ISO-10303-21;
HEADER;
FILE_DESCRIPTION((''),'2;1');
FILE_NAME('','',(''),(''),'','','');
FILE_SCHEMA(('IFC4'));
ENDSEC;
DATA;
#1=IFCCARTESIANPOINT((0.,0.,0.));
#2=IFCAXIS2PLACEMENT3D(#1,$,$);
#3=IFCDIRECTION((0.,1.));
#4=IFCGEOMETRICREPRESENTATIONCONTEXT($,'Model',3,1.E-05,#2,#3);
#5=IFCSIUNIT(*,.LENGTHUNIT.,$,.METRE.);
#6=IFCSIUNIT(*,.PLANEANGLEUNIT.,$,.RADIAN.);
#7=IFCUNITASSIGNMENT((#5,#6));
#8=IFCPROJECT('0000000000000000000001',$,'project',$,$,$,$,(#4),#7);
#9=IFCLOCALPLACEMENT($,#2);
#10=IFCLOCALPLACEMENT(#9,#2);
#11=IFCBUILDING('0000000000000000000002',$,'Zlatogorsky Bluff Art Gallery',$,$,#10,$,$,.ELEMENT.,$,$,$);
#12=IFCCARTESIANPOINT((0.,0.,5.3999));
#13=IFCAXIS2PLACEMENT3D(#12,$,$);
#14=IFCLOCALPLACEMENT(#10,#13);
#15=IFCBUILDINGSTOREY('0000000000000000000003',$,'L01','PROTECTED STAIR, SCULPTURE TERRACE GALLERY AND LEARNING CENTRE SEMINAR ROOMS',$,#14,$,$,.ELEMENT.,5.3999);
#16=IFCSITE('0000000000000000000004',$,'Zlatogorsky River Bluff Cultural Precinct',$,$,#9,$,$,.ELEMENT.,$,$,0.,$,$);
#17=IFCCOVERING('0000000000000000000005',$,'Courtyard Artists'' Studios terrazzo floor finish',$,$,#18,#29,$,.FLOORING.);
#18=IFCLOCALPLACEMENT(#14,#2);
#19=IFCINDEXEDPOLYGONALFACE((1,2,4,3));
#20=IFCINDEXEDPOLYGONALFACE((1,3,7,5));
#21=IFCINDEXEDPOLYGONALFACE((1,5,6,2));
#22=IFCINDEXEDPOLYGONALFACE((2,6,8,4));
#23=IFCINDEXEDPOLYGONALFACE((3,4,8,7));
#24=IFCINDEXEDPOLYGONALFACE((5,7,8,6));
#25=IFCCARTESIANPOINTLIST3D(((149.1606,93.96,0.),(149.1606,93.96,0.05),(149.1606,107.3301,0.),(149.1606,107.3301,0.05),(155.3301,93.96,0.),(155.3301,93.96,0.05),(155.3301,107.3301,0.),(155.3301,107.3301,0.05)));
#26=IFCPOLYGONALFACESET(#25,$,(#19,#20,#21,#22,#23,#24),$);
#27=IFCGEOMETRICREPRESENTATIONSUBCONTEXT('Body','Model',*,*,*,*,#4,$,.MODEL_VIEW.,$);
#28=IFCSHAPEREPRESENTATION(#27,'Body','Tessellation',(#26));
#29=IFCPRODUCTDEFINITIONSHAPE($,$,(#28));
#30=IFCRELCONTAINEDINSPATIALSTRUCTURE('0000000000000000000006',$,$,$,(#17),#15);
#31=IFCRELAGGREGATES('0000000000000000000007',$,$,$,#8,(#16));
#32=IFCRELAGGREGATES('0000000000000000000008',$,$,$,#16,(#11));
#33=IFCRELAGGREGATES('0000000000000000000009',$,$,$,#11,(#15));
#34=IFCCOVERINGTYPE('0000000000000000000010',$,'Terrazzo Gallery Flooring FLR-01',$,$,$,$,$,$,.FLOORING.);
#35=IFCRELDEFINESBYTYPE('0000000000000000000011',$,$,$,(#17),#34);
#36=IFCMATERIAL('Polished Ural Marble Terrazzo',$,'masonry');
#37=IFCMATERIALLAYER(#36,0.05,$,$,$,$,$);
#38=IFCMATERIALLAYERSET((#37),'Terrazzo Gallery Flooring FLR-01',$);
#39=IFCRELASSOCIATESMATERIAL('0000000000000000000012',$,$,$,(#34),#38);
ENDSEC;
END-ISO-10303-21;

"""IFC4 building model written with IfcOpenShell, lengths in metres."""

from ifc_helpers import new_model, si_unit, direction, frame, origin, place, context, subcontext, project, spatial, polyline, outline, extrude, material, layer, layer_set, type_object, element, save


model = new_model("IFC4")

# Units and contexts
model_context = context("Model", 3, precision=1e-05, world=origin(), true_north=direction((0.0, 1.0)))
body_context = subcontext(model_context, "Body", "Model", "MODEL_VIEW")
ifc_project = project(units=[si_unit("LENGTHUNIT", "METRE"), si_unit("PLANEANGLEUNIT", "RADIAN")], contexts=[model_context])

# Site, building, storey
site_placement = place(None, origin())
site = spatial("IfcSite", under=ifc_project, at=site_placement, Name="Zlatogorsky River Bluff Cultural Precinct", CompositionType="ELEMENT", RefElevation=0.0)
building_placement = place(site_placement, origin())
building = spatial("IfcBuilding", under=site, at=building_placement, Name="Zlatogorsky Bluff Art Gallery", CompositionType="ELEMENT")
storey_placement = place(building_placement, frame((0.0, 0.0, 5.3999)))
storey = spatial("IfcBuildingStorey", under=building, at=storey_placement, Name="L01", Description="PROTECTED STAIR, SCULPTURE TERRACE GALLERY AND LEARNING CENTRE SEMINAR ROOMS", CompositionType="ELEMENT", Elevation=5.3999)

# Covering
ifc_material_1 = material(Name="Polished Ural Marble Terrazzo", Category="masonry")
ifc_layer_1 = layer(ifc_material_1, 0.05)
ifc_layer_set_1 = layer_set([ifc_layer_1], Name="Terrazzo Gallery Flooring FLR-01")
covering_type_1 = type_object("IfcCoveringType", Name="Terrazzo Gallery Flooring FLR-01", PredefinedType="FLOORING", material=ifc_layer_set_1)
covering_1_placement = place(storey_placement, origin())
element("IfcCovering", 1, at=covering_1_placement, inside=storey, type_object=covering_type_1, Name="Courtyard Artists' Studios terrazzo floor finish", PredefinedType="FLOORING", context=body_context, shape_type="SweptSolid", body=[
    extrude(outline(polyline([(149.1606, 93.96), (149.1606, 107.3301), (155.3301, 107.3301), (155.3301, 93.96), (149.1606, 93.96)])), origin(), (0.0, 0.0, 1.0), 0.05),
])

save(model, "model.ifc")
